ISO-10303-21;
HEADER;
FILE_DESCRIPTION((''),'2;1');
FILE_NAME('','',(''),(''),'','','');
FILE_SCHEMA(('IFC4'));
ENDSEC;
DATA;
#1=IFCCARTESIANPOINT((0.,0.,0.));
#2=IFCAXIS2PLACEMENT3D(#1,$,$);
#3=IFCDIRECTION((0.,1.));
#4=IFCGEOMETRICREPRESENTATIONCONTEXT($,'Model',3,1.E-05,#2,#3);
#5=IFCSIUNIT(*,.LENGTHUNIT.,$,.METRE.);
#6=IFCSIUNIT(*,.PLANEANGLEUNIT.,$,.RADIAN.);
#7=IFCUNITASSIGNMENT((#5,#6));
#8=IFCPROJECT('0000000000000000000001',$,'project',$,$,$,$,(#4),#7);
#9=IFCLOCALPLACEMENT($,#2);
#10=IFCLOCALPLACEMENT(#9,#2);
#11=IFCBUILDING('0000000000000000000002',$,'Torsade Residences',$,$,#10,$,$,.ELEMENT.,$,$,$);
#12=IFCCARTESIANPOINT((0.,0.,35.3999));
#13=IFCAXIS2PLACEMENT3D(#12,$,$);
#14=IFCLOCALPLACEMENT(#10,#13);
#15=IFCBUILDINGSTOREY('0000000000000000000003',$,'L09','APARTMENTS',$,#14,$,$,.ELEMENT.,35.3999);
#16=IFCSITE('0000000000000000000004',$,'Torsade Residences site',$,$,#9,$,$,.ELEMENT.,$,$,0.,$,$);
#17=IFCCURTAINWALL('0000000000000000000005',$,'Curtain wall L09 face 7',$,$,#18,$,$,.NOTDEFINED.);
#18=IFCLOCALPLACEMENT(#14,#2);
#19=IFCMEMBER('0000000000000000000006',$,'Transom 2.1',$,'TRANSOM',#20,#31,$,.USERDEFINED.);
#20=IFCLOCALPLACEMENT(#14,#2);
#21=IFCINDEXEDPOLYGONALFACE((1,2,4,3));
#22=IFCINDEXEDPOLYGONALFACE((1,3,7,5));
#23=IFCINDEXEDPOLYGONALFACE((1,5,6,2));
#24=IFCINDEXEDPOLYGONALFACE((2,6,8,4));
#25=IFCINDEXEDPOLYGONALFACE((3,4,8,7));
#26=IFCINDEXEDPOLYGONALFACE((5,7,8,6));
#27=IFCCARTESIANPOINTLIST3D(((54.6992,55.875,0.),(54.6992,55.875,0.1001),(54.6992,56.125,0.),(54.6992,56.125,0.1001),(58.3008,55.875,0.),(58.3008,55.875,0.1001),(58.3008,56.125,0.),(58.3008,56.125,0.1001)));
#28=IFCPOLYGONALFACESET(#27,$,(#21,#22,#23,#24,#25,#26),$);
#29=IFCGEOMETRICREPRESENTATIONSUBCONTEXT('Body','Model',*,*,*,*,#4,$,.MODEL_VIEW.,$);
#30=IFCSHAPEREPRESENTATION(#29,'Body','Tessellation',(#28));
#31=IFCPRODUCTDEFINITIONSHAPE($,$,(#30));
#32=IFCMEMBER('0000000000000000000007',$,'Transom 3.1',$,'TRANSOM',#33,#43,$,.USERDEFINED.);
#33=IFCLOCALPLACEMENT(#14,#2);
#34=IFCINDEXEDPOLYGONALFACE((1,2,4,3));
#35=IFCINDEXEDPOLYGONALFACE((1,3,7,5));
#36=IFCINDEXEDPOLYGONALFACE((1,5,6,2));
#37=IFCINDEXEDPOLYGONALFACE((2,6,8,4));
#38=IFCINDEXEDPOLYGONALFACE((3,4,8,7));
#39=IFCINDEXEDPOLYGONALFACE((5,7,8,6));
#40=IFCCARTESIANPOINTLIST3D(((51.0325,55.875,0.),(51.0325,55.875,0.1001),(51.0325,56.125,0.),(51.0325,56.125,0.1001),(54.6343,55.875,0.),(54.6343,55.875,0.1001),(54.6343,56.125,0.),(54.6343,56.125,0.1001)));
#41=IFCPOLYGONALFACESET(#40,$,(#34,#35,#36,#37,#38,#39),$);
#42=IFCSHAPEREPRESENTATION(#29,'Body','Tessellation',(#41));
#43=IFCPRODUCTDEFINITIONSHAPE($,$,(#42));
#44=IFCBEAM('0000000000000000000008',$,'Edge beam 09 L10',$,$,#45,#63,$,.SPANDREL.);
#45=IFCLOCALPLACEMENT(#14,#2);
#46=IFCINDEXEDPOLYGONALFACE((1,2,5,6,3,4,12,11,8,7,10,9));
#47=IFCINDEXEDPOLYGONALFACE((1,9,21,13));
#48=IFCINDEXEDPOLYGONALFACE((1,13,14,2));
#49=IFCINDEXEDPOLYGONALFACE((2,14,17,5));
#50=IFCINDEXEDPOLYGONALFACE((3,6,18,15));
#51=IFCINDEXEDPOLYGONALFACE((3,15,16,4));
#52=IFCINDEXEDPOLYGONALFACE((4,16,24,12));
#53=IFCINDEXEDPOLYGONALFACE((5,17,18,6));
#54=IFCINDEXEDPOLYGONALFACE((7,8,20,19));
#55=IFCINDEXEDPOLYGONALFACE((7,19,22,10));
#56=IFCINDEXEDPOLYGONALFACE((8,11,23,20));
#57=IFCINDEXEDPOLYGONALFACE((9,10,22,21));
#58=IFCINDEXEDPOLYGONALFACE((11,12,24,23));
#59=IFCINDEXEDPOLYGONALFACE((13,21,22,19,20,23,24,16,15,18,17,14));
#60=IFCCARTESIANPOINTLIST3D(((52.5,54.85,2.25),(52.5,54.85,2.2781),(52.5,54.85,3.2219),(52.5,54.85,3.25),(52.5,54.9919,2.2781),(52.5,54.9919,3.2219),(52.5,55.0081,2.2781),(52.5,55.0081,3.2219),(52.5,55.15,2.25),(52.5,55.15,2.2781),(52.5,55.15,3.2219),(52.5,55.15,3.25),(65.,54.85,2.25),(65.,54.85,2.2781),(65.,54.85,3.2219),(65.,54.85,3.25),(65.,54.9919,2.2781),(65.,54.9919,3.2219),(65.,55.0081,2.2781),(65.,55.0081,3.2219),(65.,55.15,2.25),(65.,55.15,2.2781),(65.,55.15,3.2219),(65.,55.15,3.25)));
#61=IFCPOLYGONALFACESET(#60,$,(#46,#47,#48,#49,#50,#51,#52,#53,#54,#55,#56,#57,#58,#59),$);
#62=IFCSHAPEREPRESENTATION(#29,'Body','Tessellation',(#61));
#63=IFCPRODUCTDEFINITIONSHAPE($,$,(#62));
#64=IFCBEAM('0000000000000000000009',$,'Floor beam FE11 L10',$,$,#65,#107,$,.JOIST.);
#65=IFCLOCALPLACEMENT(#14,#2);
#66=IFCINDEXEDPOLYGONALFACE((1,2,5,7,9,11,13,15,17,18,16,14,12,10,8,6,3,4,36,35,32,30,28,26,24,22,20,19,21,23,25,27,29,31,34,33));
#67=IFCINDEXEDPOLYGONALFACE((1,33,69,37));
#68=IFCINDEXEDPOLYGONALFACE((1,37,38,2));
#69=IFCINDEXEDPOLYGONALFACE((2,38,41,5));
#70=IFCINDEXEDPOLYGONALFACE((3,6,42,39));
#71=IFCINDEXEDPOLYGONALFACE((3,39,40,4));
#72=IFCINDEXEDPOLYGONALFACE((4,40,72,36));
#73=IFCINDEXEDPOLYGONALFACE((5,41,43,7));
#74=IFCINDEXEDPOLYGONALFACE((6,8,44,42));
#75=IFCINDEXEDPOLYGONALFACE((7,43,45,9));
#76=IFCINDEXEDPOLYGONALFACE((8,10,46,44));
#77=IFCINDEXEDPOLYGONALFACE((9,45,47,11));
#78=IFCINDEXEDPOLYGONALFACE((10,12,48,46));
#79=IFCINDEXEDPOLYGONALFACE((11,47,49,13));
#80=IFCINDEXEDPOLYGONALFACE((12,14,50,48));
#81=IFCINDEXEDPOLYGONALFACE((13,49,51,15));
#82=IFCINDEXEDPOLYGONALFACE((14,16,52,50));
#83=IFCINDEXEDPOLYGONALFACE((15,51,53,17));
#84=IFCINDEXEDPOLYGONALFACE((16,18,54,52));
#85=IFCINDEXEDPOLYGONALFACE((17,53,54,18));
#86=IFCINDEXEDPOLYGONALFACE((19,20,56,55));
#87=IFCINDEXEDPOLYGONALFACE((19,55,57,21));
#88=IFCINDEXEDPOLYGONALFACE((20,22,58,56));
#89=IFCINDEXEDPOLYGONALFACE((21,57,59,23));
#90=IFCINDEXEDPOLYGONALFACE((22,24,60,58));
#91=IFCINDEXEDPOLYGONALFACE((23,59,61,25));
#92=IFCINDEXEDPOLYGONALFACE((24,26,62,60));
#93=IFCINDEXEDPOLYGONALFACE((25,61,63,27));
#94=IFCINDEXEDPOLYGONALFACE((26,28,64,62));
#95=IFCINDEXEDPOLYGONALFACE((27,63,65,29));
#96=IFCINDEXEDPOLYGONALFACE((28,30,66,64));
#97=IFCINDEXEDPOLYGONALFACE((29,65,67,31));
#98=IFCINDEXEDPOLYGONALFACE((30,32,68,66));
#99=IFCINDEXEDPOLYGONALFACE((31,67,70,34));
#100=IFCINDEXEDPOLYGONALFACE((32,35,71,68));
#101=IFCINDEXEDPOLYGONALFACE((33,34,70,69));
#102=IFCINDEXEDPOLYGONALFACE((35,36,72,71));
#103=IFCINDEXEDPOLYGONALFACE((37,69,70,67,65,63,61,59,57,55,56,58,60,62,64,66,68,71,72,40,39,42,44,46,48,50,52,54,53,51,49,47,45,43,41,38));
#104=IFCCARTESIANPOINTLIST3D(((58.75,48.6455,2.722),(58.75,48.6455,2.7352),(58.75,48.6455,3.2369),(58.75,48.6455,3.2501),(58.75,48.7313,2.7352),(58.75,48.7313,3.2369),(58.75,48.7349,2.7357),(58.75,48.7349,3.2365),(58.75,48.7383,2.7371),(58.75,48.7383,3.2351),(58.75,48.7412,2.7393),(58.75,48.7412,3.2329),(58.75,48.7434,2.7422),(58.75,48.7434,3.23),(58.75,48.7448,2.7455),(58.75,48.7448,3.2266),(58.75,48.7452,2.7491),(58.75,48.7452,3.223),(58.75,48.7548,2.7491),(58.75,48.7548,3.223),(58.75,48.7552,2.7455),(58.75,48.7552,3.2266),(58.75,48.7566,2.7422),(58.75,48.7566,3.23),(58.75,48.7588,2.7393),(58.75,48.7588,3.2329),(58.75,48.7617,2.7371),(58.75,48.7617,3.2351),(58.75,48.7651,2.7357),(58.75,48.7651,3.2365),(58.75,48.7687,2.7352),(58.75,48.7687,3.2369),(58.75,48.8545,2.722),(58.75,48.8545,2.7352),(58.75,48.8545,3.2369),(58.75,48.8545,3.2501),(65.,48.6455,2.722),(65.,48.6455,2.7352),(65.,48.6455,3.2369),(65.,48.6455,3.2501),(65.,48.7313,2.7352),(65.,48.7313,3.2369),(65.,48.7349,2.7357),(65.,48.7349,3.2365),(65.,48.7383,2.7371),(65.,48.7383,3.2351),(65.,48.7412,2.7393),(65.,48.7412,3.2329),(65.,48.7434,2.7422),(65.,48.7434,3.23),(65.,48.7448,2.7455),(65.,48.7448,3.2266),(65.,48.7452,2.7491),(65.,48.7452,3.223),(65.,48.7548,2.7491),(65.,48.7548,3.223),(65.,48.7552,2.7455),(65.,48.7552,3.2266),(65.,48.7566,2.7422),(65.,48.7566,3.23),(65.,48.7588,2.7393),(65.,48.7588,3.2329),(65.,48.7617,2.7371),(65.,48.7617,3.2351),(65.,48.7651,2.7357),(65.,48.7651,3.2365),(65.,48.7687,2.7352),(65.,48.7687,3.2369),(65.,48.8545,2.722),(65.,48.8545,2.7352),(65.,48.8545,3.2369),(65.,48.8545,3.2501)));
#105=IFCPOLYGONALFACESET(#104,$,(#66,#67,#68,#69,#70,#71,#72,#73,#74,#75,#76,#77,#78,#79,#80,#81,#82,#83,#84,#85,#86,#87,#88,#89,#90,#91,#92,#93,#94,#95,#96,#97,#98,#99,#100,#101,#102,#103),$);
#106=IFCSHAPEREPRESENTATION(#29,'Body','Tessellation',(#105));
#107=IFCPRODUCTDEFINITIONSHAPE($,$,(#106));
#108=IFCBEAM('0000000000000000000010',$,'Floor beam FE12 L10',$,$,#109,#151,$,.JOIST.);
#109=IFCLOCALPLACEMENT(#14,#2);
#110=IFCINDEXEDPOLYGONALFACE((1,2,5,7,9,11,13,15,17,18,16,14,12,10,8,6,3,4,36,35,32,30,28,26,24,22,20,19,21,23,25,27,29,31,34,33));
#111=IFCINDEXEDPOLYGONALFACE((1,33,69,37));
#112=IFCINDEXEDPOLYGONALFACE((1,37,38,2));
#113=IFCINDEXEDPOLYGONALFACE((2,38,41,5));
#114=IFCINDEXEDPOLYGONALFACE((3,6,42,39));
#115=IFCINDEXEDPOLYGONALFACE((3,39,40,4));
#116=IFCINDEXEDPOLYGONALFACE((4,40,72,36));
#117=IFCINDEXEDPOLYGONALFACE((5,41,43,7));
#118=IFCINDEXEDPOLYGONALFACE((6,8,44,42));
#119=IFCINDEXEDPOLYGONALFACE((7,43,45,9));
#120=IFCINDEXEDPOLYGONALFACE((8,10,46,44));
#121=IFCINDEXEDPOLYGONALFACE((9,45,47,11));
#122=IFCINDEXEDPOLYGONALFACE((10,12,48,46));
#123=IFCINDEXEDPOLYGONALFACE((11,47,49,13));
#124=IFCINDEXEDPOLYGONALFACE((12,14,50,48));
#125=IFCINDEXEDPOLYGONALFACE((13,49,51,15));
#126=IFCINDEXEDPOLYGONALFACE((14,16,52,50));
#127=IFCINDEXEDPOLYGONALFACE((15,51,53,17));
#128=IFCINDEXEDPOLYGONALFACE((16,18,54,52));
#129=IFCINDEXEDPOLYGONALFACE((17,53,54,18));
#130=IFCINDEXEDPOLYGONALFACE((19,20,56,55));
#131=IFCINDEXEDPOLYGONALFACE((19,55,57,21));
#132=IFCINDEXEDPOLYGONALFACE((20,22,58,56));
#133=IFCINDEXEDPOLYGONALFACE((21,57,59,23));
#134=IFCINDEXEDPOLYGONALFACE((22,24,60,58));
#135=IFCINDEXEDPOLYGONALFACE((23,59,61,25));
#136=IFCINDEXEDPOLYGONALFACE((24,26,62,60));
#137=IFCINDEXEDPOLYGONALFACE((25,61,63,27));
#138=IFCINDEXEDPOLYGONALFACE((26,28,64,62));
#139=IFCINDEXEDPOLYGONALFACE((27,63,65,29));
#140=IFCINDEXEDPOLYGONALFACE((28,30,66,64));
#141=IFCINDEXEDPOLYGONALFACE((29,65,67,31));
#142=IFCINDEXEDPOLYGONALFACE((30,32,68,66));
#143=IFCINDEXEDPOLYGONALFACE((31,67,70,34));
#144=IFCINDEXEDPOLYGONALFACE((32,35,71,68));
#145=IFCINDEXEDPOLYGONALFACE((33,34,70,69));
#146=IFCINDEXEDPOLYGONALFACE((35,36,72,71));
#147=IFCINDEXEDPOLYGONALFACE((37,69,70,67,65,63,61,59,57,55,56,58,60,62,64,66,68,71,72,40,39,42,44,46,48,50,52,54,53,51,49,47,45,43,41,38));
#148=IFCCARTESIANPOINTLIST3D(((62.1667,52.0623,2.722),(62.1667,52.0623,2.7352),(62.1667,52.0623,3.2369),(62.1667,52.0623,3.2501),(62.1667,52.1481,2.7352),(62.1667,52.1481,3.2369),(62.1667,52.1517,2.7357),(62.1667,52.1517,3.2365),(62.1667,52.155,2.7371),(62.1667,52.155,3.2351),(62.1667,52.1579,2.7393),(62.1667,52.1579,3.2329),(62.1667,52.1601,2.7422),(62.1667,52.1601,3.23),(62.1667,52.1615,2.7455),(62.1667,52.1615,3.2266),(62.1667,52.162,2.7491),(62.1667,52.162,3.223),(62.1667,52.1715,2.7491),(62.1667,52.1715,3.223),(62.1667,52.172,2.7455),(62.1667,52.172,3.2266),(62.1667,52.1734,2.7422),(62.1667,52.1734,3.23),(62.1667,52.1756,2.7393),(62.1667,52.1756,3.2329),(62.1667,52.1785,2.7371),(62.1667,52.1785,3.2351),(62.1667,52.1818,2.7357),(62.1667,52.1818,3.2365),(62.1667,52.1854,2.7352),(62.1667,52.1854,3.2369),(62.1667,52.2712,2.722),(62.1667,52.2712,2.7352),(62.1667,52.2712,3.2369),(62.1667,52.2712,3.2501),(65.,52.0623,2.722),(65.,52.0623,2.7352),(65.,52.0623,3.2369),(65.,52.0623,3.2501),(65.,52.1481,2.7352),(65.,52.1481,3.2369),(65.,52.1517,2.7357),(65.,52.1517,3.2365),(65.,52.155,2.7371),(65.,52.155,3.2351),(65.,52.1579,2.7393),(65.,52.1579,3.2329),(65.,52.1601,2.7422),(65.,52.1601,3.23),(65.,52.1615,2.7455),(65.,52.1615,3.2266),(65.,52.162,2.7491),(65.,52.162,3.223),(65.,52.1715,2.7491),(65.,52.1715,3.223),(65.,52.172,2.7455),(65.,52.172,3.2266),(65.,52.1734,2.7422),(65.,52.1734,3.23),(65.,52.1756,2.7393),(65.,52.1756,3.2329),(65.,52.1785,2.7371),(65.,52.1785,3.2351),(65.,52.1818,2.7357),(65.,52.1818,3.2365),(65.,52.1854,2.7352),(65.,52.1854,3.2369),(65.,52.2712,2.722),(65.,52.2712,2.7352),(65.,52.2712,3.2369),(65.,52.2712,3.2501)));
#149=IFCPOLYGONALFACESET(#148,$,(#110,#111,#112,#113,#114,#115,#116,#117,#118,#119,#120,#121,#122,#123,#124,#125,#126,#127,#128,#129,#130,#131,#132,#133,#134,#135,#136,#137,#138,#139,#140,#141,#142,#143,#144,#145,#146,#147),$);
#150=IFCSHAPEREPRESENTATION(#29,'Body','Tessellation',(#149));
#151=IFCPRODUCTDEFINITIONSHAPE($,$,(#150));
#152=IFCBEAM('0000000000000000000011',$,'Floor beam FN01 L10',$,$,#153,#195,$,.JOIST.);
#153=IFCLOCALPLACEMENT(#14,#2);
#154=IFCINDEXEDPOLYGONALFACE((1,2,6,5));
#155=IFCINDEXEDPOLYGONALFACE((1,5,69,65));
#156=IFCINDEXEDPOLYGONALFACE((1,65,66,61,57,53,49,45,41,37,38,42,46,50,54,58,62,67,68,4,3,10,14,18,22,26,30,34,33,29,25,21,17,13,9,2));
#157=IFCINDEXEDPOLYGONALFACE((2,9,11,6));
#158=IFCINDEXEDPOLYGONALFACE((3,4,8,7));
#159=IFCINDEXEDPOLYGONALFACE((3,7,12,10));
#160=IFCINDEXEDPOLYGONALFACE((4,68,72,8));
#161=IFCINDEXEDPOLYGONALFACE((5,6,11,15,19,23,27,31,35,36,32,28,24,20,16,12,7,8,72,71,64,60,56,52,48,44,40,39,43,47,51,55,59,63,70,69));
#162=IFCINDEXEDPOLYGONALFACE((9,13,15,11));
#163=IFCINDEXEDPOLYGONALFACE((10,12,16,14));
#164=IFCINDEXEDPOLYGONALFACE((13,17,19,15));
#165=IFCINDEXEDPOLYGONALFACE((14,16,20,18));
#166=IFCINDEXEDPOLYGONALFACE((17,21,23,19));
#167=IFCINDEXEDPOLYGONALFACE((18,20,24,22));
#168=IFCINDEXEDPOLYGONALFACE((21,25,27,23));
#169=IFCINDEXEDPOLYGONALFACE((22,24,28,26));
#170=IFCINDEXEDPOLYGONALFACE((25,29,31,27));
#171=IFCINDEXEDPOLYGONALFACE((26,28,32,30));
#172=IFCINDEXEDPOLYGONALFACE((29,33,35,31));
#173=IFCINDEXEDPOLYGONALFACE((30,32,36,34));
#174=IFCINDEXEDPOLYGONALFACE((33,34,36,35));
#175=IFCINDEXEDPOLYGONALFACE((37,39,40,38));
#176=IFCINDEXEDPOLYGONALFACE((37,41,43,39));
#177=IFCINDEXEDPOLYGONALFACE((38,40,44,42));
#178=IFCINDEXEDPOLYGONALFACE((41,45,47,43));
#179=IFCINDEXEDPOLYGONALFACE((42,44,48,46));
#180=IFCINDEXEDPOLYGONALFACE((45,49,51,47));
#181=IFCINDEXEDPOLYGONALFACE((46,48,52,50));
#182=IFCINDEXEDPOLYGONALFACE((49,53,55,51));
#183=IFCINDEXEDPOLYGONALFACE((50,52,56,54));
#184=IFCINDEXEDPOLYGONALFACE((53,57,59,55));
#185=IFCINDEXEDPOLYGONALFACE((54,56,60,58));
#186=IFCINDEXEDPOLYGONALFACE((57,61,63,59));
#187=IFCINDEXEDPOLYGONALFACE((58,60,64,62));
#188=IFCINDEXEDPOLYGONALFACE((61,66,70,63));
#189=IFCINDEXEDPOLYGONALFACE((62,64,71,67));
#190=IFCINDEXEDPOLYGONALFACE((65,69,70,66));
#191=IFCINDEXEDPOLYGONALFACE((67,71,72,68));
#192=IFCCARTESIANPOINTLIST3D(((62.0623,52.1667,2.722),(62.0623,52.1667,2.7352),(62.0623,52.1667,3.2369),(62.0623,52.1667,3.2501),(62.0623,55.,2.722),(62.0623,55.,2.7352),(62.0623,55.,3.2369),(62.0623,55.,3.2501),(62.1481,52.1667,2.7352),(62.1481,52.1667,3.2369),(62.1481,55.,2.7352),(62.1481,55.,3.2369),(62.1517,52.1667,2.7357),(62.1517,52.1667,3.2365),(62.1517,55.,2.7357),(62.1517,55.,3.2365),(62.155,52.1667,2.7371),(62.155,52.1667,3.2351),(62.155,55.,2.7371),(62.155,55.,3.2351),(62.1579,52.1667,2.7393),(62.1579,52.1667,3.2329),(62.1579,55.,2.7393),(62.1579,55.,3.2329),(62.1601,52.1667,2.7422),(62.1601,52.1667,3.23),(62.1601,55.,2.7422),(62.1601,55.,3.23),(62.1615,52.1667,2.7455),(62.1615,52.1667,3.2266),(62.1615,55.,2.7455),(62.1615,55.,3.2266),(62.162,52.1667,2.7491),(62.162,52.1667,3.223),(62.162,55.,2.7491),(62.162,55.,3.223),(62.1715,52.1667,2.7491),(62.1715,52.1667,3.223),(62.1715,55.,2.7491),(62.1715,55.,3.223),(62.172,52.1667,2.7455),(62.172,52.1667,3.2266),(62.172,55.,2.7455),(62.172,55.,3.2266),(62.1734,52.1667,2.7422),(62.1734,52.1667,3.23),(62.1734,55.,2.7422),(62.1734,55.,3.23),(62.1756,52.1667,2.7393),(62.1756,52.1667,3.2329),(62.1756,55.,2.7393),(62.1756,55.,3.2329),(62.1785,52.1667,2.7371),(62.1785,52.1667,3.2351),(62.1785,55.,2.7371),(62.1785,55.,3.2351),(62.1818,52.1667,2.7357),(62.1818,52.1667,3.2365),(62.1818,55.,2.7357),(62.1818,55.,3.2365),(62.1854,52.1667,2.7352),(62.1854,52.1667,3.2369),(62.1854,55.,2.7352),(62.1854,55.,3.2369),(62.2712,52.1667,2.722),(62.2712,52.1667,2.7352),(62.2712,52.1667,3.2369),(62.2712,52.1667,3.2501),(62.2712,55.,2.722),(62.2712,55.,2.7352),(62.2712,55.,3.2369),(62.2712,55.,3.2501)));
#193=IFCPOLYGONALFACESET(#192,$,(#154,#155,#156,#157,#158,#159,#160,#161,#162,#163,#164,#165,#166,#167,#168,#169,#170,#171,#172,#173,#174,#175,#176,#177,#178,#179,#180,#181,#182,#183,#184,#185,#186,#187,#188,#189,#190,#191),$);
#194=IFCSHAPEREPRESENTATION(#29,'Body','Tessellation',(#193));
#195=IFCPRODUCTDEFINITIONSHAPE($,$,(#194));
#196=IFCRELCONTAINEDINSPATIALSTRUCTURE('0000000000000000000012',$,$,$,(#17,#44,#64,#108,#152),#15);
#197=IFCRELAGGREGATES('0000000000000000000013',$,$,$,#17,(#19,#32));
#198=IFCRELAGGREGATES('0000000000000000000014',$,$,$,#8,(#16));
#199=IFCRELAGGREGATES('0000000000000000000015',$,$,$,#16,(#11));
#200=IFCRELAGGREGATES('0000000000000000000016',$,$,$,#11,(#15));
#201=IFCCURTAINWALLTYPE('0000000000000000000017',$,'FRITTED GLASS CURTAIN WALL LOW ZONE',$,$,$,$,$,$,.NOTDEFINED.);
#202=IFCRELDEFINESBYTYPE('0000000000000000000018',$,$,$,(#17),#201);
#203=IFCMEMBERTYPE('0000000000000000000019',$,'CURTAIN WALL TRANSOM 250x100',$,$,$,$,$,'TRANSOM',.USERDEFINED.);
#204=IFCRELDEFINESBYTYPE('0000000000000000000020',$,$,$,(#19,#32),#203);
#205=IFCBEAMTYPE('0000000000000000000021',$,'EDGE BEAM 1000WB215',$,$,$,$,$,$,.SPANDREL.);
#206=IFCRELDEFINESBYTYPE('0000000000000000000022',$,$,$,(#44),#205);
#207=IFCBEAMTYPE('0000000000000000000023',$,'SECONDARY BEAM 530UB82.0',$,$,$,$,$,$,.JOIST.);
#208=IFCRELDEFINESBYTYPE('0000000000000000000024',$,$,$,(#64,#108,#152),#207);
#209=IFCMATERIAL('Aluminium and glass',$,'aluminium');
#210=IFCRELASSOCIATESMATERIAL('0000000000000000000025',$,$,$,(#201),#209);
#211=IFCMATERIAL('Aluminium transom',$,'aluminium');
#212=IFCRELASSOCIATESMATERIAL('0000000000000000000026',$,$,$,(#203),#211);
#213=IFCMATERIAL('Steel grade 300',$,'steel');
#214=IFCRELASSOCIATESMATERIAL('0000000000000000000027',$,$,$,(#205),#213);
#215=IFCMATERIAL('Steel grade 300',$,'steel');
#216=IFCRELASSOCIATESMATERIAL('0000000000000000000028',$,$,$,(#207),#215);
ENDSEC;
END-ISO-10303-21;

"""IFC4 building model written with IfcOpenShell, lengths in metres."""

from ifc_helpers import new_model, si_unit, direction, frame, origin, origin_2d, place, context, subcontext, project, spatial, rectangle, i_section, extrude, material, material_profile, profile_set, type_object, element, aggregate, save


model = new_model("IFC4")

# Units and contexts
model_context = context("Model", 3, precision=1e-05, world=origin(), true_north=direction((0.0, 1.0)))
body_context = subcontext(model_context, "Body", "Model", "MODEL_VIEW")
ifc_project = project(units=[si_unit("LENGTHUNIT", "METRE"), si_unit("PLANEANGLEUNIT", "RADIAN")], contexts=[model_context])

# Site, building, storey
site_placement = place(None, origin())
site = spatial("IfcSite", under=ifc_project, at=site_placement, Name="Torsade Residences site", CompositionType="ELEMENT", RefElevation=0.0)
building_placement = place(site_placement, origin())
building = spatial("IfcBuilding", under=site, at=building_placement, Name="Torsade Residences", CompositionType="ELEMENT")
storey_placement = place(building_placement, frame((0.0, 0.0, 35.3999)))
storey = spatial("IfcBuildingStorey", under=building, at=storey_placement, Name="L09", Description="APARTMENTS", CompositionType="ELEMENT", Elevation=35.3999)

# Curtain wall
ifc_material_1 = material(Name="Aluminium and glass", Category="aluminium")
curtain_wall_type = type_object("IfcCurtainWallType", Name="FRITTED GLASS CURTAIN WALL LOW ZONE", PredefinedType="NOTDEFINED", material=ifc_material_1)
curtain_wall_1_placement = place(storey_placement, origin())
curtain_wall_1 = element("IfcCurtainWall", 1, at=curtain_wall_1_placement, inside=storey, type_object=curtain_wall_type, Name="Curtain wall L09 face 7", PredefinedType="NOTDEFINED")

# Members
ifc_material_2 = material(Name="Aluminium transom", Category="aluminium")
ifc_material_profile_1 = material_profile(ifc_material_2, rectangle(XDim=0.25, YDim=0.1001, at=origin_2d()), Name="CURTAIN WALL TRANSOM 250x100")
ifc_profile_set_1 = profile_set([ifc_material_profile_1], Name="Aluminium transom")
member_type_1 = type_object("IfcMemberType", Name="CURTAIN WALL TRANSOM 250x100", ElementType="TRANSOM", PredefinedType="USERDEFINED", material=ifc_profile_set_1)
member_1_placement = place(storey_placement, frame((58.3008, 56.0, 0.05), z_axis=(-1.0, 0.0, 0.0), x_axis=(0.0, -1.0, 0.0)))
member_1 = element("IfcMember", 2, at=member_1_placement, type_object=member_type_1, Name="Transom 2.1", ObjectType="TRANSOM", PredefinedType="USERDEFINED", context=body_context, shape_type="SweptSolid", body=[
    extrude(rectangle(XDim=0.25, YDim=0.1001, at=origin_2d()), origin(), (0.0, 0.0, 1.0), 3.6016),
])
member_2_placement = place(storey_placement, frame((54.6343, 56.0, 0.05), z_axis=(-1.0, 0.0, 0.0), x_axis=(0.0, -1.0, 0.0)))
member_2 = element("IfcMember", 3, at=member_2_placement, type_object=member_type_1, Name="Transom 3.1", ObjectType="TRANSOM", PredefinedType="USERDEFINED", context=body_context, shape_type="SweptSolid", body=[
    extrude(rectangle(XDim=0.25, YDim=0.1001, at=origin_2d()), origin(), (0.0, 0.0, 1.0), 3.6018),
])

# Beams
ifc_material_3 = material(Name="Steel grade 300", Category="steel")
ifc_material_profile_2 = material_profile(ifc_material_3, i_section(OverallWidth=0.3, OverallDepth=1.0, WebThickness=0.0161, FlangeThickness=0.0281, at=origin_2d()), Name="1000WB215")
ifc_profile_set_2 = profile_set([ifc_material_profile_2], Name="Steel grade 300")
beam_type_1 = type_object("IfcBeamType", Name="EDGE BEAM 1000WB215", PredefinedType="SPANDREL", material=ifc_profile_set_2)
beam_1_placement = place(storey_placement, frame((65.0, 55.0, 2.75), z_axis=(-1.0, 0.0, 0.0), x_axis=(0.0, -1.0, 0.0)))
element("IfcBeam", 4, at=beam_1_placement, inside=storey, type_object=beam_type_1, Name="Edge beam 09 L10", PredefinedType="SPANDREL", context=body_context, shape_type="SweptSolid", body=[
    extrude(i_section(OverallWidth=0.3, OverallDepth=1.0, WebThickness=0.0161, FlangeThickness=0.0281, at=origin_2d()), origin(), (0.0, 0.0, 1.0), 12.5),
])
ifc_material_4 = material(Name="Steel grade 300", Category="steel")
ifc_material_profile_3 = material_profile(ifc_material_4, i_section(OverallWidth=0.209, OverallDepth=0.5281, WebThickness=0.0095, FlangeThickness=0.0132, FilletRadius=0.0139, at=origin_2d()), Name="530UB82.0")
ifc_profile_set_3 = profile_set([ifc_material_profile_3], Name="Steel grade 300")
beam_type_2 = type_object("IfcBeamType", Name="SECONDARY BEAM 530UB82.0", PredefinedType="JOIST", material=ifc_profile_set_3)
beam_2_placement = place(storey_placement, frame((65.0, 48.75, 2.9861), z_axis=(-1.0, 0.0, 0.0), x_axis=(0.0, -1.0, 0.0)))
element("IfcBeam", 5, at=beam_2_placement, inside=storey, type_object=beam_type_2, Name="Floor beam FE11 L10", PredefinedType="JOIST", context=body_context, shape_type="SweptSolid", body=[
    extrude(i_section(OverallWidth=0.209, OverallDepth=0.5281, WebThickness=0.0095, FlangeThickness=0.0132, FilletRadius=0.0139, at=origin_2d()), origin(), (0.0, 0.0, 1.0), 6.25),
])
for number, where, z_axis, x_axis, name in (
    (6, (65.0, 52.1667, 2.9861), (-1.0, 0.0, 0.0), (0.0, -1.0, 0.0), "Floor beam FE12 L10"),
    (7, (62.1667, 55.0, 2.9861), (0.0, -1.0, 0.0), (1.0, 0.0, 0.0), "Floor beam FN01 L10"),
):
    element("IfcBeam", number, at=place(storey_placement, frame(where, z_axis=z_axis, x_axis=x_axis)), inside=storey, type_object=beam_type_2, Name=name, PredefinedType="JOIST", context=body_context, shape_type="SweptSolid", body=[
        extrude(i_section(OverallWidth=0.209, OverallDepth=0.5281, WebThickness=0.0095, FlangeThickness=0.0132, FilletRadius=0.0139, at=origin_2d()), origin(), (0.0, 0.0, 1.0), 2.8333),
    ])

aggregate(curtain_wall_1, [member_1, member_2])

save(model, "model.ifc")
